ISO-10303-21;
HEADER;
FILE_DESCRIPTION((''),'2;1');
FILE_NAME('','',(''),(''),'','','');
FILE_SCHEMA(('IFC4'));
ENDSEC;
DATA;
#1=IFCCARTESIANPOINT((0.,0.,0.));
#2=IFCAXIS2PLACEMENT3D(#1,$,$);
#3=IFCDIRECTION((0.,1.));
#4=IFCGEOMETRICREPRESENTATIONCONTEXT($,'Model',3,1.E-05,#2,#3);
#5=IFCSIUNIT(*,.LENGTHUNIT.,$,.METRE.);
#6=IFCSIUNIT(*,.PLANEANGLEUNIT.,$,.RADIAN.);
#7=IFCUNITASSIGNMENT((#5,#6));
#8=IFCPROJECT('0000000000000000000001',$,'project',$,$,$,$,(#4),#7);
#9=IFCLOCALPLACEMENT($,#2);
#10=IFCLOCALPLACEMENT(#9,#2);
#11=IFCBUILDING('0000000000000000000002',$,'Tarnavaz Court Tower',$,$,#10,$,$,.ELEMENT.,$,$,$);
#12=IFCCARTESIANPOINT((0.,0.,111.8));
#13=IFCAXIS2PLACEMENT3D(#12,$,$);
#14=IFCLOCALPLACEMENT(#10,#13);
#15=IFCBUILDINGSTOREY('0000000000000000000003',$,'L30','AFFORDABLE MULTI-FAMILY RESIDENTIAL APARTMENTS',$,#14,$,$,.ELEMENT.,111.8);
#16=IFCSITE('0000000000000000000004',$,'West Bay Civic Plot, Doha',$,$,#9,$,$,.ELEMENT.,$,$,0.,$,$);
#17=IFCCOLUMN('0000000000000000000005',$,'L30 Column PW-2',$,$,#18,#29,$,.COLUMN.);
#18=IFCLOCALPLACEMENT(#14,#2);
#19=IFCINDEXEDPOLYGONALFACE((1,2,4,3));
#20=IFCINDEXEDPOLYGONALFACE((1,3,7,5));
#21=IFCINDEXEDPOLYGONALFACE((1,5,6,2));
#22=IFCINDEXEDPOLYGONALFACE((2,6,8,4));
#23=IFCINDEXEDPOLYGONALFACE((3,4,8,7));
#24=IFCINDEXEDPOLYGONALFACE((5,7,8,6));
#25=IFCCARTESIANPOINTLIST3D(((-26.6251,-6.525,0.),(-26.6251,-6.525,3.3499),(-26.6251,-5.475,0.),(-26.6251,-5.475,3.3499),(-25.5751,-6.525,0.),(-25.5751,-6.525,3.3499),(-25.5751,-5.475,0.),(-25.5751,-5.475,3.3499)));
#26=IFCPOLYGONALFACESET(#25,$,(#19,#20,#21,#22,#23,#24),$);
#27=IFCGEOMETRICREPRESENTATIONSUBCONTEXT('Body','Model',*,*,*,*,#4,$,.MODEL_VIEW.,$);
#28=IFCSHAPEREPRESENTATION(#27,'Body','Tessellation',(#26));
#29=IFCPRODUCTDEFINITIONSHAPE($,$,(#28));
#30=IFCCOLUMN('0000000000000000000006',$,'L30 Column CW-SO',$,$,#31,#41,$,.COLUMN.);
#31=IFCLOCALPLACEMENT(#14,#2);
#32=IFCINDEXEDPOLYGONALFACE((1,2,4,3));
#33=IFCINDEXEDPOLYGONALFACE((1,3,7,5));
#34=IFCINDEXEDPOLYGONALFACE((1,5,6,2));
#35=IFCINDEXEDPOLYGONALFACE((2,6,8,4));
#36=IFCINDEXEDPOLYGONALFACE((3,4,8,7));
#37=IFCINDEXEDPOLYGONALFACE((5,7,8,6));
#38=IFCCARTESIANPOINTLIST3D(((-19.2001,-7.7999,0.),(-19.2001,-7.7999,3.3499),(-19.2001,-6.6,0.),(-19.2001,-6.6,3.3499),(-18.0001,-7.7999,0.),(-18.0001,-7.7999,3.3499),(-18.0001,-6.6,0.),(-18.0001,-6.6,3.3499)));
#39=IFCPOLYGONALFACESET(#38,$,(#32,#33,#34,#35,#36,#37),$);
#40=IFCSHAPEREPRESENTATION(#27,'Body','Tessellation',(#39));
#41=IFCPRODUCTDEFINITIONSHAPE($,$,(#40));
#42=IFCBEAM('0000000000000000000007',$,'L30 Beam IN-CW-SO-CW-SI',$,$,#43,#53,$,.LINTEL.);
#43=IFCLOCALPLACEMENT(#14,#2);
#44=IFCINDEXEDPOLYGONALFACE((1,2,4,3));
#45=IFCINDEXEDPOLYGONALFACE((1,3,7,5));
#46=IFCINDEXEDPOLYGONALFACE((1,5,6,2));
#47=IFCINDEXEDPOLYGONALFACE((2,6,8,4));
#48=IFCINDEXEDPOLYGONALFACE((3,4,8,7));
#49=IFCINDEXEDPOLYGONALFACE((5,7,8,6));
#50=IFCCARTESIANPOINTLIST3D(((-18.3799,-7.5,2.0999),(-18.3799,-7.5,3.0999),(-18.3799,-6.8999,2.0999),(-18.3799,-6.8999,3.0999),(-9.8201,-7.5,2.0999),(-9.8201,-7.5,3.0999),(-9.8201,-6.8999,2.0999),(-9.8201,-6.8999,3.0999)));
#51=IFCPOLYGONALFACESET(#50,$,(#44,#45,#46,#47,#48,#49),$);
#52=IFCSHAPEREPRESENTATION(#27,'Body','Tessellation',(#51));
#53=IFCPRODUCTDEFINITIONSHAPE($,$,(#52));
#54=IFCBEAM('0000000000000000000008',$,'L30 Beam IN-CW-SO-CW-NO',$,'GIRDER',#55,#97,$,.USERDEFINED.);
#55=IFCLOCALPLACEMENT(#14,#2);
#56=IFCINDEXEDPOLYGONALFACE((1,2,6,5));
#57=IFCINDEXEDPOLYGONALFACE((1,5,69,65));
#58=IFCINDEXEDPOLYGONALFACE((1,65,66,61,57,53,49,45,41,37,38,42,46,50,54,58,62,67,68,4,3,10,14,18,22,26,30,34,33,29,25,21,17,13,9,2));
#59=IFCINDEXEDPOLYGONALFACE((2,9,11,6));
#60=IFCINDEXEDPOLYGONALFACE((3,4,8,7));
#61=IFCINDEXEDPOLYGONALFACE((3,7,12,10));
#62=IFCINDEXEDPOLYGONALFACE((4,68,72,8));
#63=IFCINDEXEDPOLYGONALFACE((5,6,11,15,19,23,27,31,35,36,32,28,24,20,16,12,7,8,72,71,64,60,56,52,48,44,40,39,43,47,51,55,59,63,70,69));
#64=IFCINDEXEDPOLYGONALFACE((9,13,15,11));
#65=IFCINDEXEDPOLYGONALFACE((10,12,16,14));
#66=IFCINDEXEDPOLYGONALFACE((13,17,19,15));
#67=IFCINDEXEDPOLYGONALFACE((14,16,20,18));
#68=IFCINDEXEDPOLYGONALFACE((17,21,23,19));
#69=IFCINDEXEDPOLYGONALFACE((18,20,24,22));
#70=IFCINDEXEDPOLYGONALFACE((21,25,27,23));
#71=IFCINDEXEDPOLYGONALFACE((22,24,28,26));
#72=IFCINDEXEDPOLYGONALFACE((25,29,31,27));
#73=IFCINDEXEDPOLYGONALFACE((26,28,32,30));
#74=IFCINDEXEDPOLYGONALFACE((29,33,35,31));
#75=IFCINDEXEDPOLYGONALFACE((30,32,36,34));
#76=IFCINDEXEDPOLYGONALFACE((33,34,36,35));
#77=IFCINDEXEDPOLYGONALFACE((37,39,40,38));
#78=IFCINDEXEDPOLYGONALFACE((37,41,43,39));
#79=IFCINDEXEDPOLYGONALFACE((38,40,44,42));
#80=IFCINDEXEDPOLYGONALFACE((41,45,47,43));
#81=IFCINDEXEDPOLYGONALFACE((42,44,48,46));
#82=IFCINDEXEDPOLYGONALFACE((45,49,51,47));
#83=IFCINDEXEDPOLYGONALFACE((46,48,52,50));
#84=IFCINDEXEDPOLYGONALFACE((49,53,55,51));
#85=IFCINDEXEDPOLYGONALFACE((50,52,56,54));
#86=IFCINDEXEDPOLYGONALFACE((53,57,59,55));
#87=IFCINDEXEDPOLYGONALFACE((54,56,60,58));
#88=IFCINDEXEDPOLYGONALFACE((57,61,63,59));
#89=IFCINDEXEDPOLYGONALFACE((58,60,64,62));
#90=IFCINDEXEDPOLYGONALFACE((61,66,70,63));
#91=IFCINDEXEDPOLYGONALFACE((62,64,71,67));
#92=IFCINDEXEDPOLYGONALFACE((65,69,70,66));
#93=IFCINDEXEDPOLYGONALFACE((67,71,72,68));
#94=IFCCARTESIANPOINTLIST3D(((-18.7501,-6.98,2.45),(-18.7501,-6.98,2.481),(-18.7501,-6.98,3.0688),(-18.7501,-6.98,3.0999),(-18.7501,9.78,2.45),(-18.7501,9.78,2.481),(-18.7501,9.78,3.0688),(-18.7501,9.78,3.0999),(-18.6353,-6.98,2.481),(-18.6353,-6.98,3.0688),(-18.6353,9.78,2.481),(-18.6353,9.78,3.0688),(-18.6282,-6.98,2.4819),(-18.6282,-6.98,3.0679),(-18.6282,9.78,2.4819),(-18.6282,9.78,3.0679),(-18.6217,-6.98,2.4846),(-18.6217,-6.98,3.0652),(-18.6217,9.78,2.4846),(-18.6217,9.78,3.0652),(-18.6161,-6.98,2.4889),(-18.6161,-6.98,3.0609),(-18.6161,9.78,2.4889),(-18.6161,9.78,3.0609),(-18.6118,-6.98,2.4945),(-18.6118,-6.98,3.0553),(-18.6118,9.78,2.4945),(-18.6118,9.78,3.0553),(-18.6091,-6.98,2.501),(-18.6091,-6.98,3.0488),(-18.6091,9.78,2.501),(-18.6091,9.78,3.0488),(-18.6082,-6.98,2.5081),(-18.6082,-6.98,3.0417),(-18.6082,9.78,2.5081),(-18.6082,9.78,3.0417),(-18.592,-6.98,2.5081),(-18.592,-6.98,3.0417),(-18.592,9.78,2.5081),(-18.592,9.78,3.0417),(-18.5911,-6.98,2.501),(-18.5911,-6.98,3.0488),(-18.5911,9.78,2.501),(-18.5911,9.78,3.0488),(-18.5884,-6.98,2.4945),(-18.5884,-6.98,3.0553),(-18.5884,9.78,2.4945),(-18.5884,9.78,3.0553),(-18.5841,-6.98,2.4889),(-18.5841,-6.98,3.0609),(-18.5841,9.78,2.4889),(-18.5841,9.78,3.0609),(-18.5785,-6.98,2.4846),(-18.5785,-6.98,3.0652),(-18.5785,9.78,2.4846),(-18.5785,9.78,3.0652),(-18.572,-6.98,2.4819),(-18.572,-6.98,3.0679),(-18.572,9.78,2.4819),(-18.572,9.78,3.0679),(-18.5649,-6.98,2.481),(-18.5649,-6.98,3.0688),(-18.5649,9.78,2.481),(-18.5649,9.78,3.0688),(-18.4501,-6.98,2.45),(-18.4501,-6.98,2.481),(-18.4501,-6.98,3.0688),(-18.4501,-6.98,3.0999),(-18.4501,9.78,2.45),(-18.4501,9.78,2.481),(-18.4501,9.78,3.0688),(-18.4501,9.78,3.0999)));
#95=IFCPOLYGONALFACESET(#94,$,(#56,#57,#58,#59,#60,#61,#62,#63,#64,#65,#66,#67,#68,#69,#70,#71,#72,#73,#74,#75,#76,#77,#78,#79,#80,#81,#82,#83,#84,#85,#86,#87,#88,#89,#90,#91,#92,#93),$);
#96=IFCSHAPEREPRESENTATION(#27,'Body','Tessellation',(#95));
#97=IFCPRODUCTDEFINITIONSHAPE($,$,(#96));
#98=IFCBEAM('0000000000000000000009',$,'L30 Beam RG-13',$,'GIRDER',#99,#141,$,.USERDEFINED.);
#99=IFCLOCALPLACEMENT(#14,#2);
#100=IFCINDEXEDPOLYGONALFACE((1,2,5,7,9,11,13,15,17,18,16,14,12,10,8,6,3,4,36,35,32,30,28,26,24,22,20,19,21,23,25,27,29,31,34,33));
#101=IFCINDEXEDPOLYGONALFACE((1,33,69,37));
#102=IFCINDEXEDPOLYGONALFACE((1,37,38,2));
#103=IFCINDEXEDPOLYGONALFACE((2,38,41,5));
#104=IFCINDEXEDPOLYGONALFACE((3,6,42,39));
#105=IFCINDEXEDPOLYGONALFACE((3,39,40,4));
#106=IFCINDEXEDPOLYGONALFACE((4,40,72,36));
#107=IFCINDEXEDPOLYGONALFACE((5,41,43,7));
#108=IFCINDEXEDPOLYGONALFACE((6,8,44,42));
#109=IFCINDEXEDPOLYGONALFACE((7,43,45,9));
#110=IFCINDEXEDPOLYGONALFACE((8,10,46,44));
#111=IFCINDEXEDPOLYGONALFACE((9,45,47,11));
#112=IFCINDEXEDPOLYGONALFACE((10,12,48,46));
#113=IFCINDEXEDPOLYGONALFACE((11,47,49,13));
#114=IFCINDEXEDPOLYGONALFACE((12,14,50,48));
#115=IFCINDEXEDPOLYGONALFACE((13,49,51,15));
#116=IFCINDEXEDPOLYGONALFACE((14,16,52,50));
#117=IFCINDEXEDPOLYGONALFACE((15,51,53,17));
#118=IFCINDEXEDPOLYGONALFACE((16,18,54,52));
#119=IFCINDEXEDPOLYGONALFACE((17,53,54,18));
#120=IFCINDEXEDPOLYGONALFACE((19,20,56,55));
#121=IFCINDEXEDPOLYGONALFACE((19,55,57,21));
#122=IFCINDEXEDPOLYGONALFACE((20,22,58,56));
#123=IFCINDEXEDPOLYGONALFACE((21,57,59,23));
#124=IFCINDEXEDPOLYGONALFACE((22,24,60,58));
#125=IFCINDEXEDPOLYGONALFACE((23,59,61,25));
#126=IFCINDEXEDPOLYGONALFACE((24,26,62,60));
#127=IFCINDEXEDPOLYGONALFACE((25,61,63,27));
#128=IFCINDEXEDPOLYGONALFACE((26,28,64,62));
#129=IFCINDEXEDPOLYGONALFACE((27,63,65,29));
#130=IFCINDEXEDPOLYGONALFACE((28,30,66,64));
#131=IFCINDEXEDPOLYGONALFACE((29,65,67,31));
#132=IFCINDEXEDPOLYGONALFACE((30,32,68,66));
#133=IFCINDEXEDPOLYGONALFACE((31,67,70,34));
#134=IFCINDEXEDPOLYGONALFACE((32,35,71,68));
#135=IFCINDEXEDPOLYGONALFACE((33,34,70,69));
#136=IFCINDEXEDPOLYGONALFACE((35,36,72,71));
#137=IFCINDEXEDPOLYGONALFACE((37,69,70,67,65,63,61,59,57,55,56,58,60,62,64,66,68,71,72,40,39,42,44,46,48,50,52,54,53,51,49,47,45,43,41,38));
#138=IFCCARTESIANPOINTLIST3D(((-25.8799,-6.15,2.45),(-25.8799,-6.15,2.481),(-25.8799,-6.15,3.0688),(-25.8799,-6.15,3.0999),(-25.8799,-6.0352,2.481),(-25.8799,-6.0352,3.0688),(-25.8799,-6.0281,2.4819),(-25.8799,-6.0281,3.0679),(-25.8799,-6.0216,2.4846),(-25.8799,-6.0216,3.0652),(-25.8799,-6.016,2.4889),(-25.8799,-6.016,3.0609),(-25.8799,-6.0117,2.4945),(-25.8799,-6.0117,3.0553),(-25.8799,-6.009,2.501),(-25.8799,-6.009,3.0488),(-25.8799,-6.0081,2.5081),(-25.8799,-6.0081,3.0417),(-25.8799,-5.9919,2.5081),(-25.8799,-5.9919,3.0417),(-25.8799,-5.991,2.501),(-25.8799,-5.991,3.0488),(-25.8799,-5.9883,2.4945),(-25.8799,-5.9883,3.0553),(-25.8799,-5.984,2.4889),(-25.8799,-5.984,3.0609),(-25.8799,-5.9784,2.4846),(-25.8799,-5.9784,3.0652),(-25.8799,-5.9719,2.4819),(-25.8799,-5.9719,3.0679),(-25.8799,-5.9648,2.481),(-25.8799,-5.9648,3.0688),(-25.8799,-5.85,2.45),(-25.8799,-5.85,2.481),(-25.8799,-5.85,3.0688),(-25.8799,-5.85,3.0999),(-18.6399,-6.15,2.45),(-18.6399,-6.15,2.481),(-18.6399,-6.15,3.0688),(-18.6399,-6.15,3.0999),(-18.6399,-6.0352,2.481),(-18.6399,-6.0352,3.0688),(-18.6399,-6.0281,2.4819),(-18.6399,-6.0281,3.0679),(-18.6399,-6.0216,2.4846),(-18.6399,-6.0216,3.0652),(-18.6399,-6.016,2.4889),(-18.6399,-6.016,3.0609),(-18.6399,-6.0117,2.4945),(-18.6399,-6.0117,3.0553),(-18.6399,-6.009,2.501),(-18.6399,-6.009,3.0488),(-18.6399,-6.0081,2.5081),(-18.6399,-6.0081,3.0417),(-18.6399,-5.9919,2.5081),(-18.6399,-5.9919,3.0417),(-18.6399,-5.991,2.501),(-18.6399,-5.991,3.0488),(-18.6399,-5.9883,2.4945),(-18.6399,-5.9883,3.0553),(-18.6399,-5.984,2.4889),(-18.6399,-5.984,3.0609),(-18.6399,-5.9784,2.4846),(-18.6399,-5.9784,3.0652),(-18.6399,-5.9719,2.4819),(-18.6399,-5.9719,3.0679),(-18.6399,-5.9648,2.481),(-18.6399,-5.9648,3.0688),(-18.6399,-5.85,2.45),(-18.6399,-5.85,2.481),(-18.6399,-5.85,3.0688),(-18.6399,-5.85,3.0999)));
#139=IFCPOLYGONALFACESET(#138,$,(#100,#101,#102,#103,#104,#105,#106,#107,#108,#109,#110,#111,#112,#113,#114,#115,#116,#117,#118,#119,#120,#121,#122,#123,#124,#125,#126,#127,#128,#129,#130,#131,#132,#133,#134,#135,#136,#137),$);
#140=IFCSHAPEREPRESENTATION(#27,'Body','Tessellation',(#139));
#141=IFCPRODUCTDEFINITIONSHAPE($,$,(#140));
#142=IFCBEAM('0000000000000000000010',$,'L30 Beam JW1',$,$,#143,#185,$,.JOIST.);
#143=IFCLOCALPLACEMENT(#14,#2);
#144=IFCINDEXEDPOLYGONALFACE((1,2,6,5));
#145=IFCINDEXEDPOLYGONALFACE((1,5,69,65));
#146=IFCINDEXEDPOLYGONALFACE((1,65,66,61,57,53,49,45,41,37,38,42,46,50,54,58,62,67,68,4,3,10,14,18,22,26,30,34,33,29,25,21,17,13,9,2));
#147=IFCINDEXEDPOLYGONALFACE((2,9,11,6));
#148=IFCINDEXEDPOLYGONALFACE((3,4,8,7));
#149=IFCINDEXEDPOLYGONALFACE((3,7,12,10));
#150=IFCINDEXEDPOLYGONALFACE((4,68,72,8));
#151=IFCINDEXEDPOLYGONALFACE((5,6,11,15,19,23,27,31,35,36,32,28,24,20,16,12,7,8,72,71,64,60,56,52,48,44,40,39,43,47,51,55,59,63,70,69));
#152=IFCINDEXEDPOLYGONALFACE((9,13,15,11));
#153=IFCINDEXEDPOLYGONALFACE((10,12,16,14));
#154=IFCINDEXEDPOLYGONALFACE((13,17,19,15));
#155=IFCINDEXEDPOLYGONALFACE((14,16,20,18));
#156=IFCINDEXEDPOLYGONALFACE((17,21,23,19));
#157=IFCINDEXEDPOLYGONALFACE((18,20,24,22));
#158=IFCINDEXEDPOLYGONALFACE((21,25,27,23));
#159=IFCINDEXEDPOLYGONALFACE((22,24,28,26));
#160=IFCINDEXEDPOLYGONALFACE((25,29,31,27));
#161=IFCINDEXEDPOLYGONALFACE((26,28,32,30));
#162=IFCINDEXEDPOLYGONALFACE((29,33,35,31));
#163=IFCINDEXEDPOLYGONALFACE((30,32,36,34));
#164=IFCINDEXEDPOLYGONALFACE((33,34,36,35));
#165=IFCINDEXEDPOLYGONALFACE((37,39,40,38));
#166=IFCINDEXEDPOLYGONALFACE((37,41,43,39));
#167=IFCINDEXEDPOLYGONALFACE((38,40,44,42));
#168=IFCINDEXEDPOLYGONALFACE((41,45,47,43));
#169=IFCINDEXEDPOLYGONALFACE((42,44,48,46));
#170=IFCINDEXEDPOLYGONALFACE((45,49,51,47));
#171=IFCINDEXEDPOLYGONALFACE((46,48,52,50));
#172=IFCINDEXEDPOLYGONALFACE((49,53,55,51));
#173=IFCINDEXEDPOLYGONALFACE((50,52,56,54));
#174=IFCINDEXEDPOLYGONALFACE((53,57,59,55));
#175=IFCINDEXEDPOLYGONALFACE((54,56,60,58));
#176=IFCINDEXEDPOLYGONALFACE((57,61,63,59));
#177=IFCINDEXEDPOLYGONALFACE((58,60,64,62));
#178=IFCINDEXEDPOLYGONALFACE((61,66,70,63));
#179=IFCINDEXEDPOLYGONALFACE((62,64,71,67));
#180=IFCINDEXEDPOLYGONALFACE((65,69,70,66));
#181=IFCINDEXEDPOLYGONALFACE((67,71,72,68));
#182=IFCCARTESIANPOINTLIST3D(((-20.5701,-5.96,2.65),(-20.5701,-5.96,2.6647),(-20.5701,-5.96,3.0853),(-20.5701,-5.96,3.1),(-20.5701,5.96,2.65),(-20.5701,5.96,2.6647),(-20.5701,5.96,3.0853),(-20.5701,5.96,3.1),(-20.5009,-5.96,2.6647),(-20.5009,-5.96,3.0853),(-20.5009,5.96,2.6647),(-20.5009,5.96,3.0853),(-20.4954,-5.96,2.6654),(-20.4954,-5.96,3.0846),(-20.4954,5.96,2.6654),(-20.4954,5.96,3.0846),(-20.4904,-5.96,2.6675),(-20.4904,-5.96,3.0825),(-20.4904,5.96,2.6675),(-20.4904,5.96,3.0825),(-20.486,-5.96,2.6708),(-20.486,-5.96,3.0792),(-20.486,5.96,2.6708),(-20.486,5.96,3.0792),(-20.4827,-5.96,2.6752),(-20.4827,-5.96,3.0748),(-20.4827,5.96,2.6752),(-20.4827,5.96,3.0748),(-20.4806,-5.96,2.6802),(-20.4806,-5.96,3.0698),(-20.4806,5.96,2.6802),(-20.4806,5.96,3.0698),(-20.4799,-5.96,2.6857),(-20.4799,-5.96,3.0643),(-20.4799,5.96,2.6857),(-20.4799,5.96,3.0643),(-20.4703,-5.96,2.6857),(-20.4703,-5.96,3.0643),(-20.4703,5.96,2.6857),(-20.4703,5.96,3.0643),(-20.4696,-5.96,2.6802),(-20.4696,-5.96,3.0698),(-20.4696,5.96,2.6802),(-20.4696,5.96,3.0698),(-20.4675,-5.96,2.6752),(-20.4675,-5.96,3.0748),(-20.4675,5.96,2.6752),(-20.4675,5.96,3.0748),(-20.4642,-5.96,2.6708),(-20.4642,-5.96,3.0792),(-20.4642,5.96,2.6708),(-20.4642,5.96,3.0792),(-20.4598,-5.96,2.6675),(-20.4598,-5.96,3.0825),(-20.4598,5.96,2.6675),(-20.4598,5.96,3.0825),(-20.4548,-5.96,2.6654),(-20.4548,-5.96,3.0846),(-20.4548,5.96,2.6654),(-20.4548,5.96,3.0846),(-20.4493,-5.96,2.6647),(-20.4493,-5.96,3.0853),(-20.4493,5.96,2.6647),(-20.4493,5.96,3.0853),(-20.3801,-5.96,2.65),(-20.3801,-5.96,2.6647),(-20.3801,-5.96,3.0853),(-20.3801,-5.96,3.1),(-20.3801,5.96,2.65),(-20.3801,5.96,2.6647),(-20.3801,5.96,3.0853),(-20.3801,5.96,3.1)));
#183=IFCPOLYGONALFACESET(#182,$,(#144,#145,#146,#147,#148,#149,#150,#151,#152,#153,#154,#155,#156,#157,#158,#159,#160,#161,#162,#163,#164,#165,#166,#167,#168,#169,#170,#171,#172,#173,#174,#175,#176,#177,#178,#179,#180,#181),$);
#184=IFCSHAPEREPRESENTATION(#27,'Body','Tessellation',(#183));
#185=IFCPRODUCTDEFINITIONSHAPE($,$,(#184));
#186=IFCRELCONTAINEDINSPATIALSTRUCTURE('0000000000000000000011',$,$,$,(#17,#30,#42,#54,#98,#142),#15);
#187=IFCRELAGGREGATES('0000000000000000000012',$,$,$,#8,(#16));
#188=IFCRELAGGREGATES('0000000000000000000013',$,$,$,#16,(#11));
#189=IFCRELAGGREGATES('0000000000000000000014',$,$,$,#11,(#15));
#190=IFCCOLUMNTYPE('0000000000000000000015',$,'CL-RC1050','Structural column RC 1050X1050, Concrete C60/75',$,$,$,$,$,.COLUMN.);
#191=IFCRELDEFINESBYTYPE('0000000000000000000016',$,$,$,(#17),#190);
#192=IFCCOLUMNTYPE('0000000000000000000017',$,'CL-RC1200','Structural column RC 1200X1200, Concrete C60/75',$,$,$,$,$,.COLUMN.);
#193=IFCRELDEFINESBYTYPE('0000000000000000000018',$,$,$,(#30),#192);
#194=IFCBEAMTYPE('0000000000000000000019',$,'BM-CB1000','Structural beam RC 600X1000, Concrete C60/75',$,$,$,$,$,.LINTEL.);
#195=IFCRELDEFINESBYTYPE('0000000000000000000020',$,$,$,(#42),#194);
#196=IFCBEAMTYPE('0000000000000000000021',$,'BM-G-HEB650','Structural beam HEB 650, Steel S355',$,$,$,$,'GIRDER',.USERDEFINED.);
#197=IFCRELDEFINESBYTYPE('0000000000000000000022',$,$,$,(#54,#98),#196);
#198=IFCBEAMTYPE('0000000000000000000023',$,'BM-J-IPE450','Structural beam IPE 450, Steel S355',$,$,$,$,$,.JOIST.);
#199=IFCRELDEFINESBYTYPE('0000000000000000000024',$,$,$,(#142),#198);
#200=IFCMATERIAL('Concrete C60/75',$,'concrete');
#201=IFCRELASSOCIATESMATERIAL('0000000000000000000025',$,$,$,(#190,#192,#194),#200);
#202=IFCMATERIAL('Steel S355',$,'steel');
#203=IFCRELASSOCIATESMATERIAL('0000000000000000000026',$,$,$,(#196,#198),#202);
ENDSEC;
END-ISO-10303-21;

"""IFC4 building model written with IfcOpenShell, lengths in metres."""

from ifc_helpers import new_model, si_unit, direction, frame, origin, origin_2d, place, context, subcontext, project, spatial, rectangle, i_section, extrude, material, material_profile, profile_set, type_object, element, save


model = new_model("IFC4")

# Units and contexts
model_context = context("Model", 3, precision=1e-05, world=origin(), true_north=direction((0.0, 1.0)))
body_context = subcontext(model_context, "Body", "Model", "MODEL_VIEW")
ifc_project = project(units=[si_unit("LENGTHUNIT", "METRE"), si_unit("PLANEANGLEUNIT", "RADIAN")], contexts=[model_context])

# Site, building, storey
site_placement = place(None, origin())
site = spatial("IfcSite", under=ifc_project, at=site_placement, Name="West Bay Civic Plot, Doha", CompositionType="ELEMENT", RefElevation=0.0)
building_placement = place(site_placement, origin())
building = spatial("IfcBuilding", under=site, at=building_placement, Name="Tarnavaz Court Tower", CompositionType="ELEMENT")
storey_placement = place(building_placement, frame((0.0, 0.0, 111.8)))
storey = spatial("IfcBuildingStorey", under=building, at=storey_placement, Name="L30", Description="AFFORDABLE MULTI-FAMILY RESIDENTIAL APARTMENTS", CompositionType="ELEMENT", Elevation=111.8)

# Columns
ifc_material_1 = material(Name="Concrete C60/75", Category="concrete")
ifc_material_profile_1 = material_profile(ifc_material_1, rectangle(XDim=1.05, YDim=1.05, at=origin_2d()), Name="RC 1050X1050")
ifc_profile_set_1 = profile_set([ifc_material_profile_1], Name="Concrete C60/75")
column_type_1 = type_object("IfcColumnType", Name="CL-RC1050", Description="Structural column RC 1050X1050, Concrete C60/75", PredefinedType="COLUMN", material=ifc_profile_set_1)
column_1_placement = place(storey_placement, frame((-26.1001, -6.0, 0.0), z_axis=(0.0, 0.0, 1.0), x_axis=(1.0, 0.0, 0.0)))
element("IfcColumn", 1, at=column_1_placement, inside=storey, type_object=column_type_1, Name="L30 Column PW-2", PredefinedType="COLUMN", context=body_context, shape_type="SweptSolid", body=[
    extrude(rectangle(XDim=1.05, YDim=1.05, at=origin_2d()), origin(), (0.0, 0.0, 1.0), 3.3499),
])
ifc_material_profile_2 = material_profile(ifc_material_1, rectangle(XDim=1.2, YDim=1.2, at=origin_2d()), Name="RC 1200X1200")
ifc_profile_set_2 = profile_set([ifc_material_profile_2], Name="Concrete C60/75")
column_type_2 = type_object("IfcColumnType", Name="CL-RC1200", Description="Structural column RC 1200X1200, Concrete C60/75", PredefinedType="COLUMN", material=ifc_profile_set_2)
column_2_placement = place(storey_placement, frame((-18.6001, -7.2, 0.0), z_axis=(0.0, 0.0, 1.0), x_axis=(1.0, 0.0, 0.0)))
element("IfcColumn", 2, at=column_2_placement, inside=storey, type_object=column_type_2, Name="L30 Column CW-SO", PredefinedType="COLUMN", context=body_context, shape_type="SweptSolid", body=[
    extrude(rectangle(XDim=1.2, YDim=1.2, at=origin_2d()), origin(), (0.0, 0.0, 1.0), 3.3499),
])

# Beams
ifc_material_profile_3 = material_profile(ifc_material_1, rectangle(XDim=0.6001, YDim=1.0, at=origin_2d()), Name="RC 600X1000")
ifc_profile_set_3 = profile_set([ifc_material_profile_3], Name="Concrete C60/75")
beam_type_1 = type_object("IfcBeamType", Name="BM-CB1000", Description="Structural beam RC 600X1000, Concrete C60/75", PredefinedType="LINTEL", material=ifc_profile_set_3)
beam_1_placement = place(storey_placement, frame((-18.3799, -7.2, 2.5999), z_axis=(1.0, 0.0, 0.0), x_axis=(0.0, 1.0, 0.0)))
element("IfcBeam", 3, at=beam_1_placement, inside=storey, type_object=beam_type_1, Name="L30 Beam IN-CW-SO-CW-SI", PredefinedType="LINTEL", context=body_context, shape_type="SweptSolid", body=[
    extrude(rectangle(XDim=0.6001, YDim=1.0, at=origin_2d()), origin(), (0.0, 0.0, 1.0), 8.5598),
])
ifc_material_2 = material(Name="Steel S355", Category="steel")
ifc_material_profile_4 = material_profile(ifc_material_2, i_section(OverallWidth=0.3, OverallDepth=0.6499, WebThickness=0.0161, FlangeThickness=0.031, FilletRadius=0.0271, at=origin_2d()), Name="HEB 650")
ifc_profile_set_4 = profile_set([ifc_material_profile_4], Name="Steel S355")
beam_type_2 = type_object("IfcBeamType", Name="BM-G-HEB650", Description="Structural beam HEB 650, Steel S355", ElementType="GIRDER", PredefinedType="USERDEFINED", material=ifc_profile_set_4)
beam_2_placement = place(storey_placement, frame((-18.6001, -6.98, 2.7749), z_axis=(0.0, 1.0, 0.0), x_axis=(-1.0, 0.0, 0.0)))
element("IfcBeam", 4, at=beam_2_placement, inside=storey, type_object=beam_type_2, Name="L30 Beam IN-CW-SO-CW-NO", ObjectType="GIRDER", PredefinedType="USERDEFINED", context=body_context, shape_type="SweptSolid", body=[
    extrude(i_section(OverallWidth=0.3, OverallDepth=0.6499, WebThickness=0.0161, FlangeThickness=0.031, FilletRadius=0.0271, at=origin_2d()), origin(), (0.0, 0.0, 1.0), 16.76),
])
beam_3_placement = place(storey_placement, frame((-18.6399, -6.0, 2.7749), z_axis=(-1.0, 0.0, 0.0), x_axis=(0.0, -1.0, 0.0)))
element("IfcBeam", 5, at=beam_3_placement, inside=storey, type_object=beam_type_2, Name="L30 Beam RG-13", ObjectType="GIRDER", PredefinedType="USERDEFINED", context=body_context, shape_type="SweptSolid", body=[
    extrude(i_section(OverallWidth=0.3, OverallDepth=0.6499, WebThickness=0.0161, FlangeThickness=0.031, FilletRadius=0.0271, at=origin_2d()), origin(), (0.0, 0.0, 1.0), 7.24),
])
ifc_material_profile_5 = material_profile(ifc_material_2, i_section(OverallWidth=0.1899, OverallDepth=0.45, WebThickness=0.0095, FlangeThickness=0.0146, FilletRadius=0.021, at=origin_2d()), Name="IPE 450")
ifc_profile_set_5 = profile_set([ifc_material_profile_5], Name="Steel S355")
beam_type_3 = type_object("IfcBeamType", Name="BM-J-IPE450", Description="Structural beam IPE 450, Steel S355", PredefinedType="JOIST", material=ifc_profile_set_5)
for number, where, z_axis, x_axis, name in (
    (6, (-20.4751, -5.96, 2.875), (0.0, 1.0, 0.0), (-1.0, 0.0, 0.0), "L30 Beam JW1"),
):
    element("IfcBeam", number, at=place(storey_placement, frame(where, z_axis=z_axis, x_axis=x_axis)), inside=storey, type_object=beam_type_3, Name=name, PredefinedType="JOIST", context=body_context, shape_type="SweptSolid", body=[
        extrude(i_section(OverallWidth=0.1899, OverallDepth=0.45, WebThickness=0.0095, FlangeThickness=0.0146, FilletRadius=0.021, at=origin_2d()), origin(), (0.0, 0.0, 1.0), 11.9199),
    ])

save(model, "model.ifc")
